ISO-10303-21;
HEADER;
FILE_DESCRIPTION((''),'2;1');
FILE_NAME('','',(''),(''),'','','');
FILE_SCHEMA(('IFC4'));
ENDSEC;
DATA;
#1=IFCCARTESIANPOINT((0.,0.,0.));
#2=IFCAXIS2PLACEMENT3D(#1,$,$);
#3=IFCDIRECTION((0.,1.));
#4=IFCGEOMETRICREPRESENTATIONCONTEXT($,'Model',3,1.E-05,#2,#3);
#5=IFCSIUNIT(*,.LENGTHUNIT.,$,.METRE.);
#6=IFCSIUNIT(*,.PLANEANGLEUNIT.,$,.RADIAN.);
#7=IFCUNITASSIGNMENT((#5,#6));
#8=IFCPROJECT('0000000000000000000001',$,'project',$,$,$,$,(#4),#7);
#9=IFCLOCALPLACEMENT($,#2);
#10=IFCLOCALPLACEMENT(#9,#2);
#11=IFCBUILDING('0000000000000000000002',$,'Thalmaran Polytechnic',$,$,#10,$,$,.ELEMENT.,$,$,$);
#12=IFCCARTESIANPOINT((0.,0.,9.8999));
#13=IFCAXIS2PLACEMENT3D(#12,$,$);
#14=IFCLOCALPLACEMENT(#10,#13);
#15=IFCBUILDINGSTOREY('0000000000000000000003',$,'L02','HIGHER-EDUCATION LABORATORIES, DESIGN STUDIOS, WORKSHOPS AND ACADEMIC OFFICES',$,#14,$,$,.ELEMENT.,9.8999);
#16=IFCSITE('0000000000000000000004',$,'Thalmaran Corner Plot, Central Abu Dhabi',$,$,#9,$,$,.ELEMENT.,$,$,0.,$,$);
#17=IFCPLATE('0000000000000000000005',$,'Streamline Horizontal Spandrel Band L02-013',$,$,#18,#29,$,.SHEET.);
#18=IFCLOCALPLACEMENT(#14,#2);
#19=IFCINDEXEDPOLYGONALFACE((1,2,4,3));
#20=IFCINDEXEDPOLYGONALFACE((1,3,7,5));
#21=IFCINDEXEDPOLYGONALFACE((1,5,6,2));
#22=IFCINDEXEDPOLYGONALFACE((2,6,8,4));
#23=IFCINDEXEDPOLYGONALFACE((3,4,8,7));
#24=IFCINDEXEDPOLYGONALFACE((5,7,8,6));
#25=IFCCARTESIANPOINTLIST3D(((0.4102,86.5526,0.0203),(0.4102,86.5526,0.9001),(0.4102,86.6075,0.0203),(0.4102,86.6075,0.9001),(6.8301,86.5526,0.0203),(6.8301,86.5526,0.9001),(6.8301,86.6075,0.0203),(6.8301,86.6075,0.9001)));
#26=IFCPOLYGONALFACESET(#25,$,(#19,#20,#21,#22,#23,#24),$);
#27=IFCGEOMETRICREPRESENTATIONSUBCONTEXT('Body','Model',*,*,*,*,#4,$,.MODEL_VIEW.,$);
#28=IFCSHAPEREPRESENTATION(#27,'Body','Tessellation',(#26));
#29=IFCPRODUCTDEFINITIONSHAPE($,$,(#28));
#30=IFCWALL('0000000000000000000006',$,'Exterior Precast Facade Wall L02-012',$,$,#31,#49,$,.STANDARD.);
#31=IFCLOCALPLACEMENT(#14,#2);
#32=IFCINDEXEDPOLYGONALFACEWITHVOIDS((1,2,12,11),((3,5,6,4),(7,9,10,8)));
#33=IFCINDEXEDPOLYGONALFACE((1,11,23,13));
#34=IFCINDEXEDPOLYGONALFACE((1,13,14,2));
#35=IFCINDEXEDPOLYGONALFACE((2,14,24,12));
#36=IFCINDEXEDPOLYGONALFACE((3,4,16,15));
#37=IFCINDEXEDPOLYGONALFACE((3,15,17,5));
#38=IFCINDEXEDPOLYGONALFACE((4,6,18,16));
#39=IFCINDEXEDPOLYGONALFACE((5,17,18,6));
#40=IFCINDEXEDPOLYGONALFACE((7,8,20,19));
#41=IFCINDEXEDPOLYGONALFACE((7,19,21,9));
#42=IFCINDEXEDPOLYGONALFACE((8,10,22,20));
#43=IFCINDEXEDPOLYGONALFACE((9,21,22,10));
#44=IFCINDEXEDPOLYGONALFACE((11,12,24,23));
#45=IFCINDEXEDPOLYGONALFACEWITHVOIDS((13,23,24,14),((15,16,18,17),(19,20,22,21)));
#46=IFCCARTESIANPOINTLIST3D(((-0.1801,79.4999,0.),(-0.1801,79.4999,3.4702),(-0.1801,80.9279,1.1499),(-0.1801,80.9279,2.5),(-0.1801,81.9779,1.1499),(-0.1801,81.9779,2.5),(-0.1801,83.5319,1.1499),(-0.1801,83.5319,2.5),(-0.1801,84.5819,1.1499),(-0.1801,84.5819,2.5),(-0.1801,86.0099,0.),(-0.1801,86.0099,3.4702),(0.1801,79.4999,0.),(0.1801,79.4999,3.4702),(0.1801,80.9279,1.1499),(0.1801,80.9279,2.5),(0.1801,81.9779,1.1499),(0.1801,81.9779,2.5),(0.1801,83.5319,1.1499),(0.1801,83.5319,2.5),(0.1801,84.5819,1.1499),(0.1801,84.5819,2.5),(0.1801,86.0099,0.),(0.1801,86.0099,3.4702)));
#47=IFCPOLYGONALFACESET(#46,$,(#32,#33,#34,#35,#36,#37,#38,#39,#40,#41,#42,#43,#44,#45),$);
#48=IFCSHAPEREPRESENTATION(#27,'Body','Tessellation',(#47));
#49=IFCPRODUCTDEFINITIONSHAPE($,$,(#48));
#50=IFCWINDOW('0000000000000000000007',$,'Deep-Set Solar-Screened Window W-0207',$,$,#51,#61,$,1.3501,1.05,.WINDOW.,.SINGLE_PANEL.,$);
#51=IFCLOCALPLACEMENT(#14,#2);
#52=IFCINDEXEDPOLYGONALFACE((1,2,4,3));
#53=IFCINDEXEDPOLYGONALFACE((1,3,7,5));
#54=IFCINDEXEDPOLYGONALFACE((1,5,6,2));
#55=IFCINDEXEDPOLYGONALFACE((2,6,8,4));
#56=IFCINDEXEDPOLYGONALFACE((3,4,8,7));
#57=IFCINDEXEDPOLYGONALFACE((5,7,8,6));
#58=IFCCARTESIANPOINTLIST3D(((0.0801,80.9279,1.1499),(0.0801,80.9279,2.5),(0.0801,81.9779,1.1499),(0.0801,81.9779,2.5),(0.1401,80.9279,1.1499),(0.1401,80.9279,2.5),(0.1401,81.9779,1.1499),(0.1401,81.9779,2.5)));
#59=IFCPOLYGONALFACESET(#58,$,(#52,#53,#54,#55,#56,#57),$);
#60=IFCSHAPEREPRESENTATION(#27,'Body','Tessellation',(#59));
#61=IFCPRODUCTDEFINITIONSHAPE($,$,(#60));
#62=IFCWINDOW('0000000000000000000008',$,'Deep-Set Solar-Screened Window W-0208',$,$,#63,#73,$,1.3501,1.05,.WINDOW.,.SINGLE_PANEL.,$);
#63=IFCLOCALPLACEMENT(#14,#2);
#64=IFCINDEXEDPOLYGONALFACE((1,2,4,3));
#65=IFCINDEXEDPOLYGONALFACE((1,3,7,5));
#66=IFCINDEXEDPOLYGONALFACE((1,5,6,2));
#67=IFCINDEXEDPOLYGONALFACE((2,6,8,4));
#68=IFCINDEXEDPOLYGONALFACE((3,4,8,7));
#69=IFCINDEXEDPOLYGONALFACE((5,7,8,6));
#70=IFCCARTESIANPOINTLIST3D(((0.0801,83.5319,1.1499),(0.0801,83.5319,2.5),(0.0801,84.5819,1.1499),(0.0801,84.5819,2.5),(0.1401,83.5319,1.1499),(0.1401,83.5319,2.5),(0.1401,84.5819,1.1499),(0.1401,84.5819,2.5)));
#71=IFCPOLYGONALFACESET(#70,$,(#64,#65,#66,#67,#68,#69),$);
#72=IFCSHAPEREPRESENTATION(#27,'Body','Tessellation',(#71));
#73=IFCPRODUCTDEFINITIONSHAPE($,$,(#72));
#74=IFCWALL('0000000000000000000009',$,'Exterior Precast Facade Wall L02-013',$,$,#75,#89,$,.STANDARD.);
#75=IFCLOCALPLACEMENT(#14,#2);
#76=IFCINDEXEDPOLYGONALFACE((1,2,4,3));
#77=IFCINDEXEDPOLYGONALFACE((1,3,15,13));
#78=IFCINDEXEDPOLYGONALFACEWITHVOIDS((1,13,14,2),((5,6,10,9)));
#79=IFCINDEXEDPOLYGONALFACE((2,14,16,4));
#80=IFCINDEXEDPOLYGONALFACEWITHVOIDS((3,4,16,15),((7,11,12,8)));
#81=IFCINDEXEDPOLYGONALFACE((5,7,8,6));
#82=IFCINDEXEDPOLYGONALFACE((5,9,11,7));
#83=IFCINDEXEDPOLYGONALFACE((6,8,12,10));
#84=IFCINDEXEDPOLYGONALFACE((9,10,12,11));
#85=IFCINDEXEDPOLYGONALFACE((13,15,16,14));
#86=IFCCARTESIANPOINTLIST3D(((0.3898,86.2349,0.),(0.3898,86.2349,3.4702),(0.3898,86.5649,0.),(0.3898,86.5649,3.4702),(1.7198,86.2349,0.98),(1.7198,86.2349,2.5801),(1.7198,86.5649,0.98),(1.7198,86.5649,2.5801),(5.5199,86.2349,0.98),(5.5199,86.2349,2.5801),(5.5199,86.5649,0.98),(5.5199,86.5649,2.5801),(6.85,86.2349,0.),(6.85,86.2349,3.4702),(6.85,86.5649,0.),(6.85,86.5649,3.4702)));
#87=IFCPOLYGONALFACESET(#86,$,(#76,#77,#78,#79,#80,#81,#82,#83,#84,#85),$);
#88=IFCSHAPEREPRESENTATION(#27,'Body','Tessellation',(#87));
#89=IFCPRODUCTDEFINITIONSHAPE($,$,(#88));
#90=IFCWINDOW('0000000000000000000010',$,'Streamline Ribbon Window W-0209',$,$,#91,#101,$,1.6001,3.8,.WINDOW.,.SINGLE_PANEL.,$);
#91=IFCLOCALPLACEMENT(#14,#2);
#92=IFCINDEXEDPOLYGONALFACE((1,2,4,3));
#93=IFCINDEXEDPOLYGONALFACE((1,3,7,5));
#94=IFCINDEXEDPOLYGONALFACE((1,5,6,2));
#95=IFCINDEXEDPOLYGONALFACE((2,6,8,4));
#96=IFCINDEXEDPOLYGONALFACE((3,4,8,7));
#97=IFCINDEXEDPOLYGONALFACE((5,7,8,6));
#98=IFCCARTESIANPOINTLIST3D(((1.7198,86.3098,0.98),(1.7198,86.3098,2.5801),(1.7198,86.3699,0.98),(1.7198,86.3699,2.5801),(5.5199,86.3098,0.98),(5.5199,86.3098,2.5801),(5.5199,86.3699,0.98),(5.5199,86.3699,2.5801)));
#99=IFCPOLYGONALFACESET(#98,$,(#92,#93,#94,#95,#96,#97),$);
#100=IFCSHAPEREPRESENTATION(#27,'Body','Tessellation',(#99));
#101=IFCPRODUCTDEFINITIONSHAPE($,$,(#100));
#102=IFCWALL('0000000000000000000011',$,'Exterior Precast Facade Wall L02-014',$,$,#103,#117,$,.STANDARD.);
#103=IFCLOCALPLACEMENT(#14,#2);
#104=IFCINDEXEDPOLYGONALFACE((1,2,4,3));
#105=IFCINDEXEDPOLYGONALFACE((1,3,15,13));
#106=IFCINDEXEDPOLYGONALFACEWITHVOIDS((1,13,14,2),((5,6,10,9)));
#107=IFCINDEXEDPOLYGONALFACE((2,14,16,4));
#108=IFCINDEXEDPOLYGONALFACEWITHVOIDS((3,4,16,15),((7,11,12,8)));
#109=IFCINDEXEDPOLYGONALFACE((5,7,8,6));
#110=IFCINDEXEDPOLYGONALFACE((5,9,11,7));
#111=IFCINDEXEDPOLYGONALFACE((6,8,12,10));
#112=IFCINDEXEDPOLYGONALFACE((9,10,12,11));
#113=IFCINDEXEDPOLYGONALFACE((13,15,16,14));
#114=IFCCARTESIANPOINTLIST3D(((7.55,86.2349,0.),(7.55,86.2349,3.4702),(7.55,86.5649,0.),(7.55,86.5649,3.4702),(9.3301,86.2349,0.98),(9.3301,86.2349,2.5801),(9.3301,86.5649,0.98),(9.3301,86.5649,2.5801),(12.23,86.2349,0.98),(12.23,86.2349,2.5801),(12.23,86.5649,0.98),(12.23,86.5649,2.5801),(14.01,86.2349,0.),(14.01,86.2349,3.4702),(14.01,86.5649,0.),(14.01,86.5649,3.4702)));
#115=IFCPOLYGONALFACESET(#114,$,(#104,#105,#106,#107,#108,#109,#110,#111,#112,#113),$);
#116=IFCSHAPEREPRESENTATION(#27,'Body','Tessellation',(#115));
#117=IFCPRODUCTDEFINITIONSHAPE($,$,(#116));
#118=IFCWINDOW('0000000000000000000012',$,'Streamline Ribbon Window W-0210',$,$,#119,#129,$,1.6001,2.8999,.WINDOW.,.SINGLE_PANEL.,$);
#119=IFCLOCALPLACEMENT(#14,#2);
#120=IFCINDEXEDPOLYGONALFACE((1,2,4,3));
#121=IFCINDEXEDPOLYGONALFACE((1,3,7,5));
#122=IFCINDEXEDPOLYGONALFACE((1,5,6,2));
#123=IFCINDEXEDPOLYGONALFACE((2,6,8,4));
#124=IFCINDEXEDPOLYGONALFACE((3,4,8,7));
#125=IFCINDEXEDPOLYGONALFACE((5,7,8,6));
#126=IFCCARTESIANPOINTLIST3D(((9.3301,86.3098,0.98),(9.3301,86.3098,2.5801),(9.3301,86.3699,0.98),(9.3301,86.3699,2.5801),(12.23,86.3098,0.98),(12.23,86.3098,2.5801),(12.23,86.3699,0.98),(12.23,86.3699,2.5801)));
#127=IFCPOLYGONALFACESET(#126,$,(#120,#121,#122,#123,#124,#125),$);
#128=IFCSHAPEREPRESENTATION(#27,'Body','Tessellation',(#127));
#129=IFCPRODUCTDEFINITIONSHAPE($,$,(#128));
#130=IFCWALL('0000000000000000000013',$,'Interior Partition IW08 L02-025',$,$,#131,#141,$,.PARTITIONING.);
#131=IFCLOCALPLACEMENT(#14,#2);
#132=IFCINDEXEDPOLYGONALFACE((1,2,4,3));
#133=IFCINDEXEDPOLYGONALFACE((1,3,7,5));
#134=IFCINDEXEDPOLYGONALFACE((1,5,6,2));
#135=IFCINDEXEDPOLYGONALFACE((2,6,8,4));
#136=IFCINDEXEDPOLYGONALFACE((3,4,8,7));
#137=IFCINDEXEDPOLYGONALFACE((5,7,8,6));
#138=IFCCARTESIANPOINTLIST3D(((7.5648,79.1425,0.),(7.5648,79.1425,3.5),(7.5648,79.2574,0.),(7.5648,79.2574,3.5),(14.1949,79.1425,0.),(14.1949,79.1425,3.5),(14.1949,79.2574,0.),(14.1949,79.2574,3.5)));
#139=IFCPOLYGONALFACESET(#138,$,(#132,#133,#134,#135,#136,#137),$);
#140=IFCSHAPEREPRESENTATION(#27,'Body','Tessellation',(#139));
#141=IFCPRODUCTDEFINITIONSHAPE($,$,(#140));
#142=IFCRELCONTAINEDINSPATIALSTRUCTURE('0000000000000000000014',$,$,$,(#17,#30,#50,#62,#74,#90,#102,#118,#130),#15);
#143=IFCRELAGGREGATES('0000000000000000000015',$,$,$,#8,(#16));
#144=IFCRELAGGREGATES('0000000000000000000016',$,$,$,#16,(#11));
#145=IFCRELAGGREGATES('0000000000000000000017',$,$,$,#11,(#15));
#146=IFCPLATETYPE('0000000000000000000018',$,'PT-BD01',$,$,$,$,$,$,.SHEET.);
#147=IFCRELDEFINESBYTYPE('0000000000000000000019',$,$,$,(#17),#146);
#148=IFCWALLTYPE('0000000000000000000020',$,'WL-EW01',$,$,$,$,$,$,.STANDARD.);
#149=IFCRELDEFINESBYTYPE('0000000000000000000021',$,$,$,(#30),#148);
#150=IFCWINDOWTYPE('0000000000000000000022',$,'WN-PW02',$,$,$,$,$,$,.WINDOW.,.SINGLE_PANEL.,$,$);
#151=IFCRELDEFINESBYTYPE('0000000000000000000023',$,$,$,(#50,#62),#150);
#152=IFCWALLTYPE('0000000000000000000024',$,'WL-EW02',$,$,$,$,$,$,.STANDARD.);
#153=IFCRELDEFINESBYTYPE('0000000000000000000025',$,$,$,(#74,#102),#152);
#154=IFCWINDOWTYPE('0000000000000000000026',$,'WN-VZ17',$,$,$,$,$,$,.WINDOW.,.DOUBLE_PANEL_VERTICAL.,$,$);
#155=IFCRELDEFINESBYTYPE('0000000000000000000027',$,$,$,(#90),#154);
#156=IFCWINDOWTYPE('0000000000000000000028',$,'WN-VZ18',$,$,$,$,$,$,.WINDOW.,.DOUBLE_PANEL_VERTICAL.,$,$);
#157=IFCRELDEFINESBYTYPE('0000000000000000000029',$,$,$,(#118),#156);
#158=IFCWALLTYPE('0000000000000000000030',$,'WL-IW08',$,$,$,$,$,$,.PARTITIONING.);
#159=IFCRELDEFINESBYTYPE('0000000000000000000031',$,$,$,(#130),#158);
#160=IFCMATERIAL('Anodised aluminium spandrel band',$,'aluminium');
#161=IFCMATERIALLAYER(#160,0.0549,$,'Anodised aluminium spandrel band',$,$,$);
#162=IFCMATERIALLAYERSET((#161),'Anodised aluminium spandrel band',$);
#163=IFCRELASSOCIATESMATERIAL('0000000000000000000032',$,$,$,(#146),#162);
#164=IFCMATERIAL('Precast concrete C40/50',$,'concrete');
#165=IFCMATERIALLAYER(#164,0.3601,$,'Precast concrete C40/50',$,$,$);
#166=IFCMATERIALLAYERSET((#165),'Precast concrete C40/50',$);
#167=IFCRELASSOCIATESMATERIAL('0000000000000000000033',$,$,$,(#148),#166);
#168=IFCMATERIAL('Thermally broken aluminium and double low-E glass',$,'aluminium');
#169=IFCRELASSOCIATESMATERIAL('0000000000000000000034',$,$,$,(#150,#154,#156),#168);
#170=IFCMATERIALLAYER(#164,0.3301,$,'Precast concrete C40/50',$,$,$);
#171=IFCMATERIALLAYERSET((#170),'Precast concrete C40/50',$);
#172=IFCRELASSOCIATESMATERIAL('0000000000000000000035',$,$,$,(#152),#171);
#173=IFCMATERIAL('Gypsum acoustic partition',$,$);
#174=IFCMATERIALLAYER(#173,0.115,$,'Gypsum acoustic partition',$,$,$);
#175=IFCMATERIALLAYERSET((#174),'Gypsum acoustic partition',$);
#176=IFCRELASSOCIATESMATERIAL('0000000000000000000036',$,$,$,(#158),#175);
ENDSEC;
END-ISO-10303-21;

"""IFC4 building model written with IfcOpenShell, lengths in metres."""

from ifc_helpers import new_model, si_unit, direction, frame, frame_2d, origin, origin_2d, place, context, subcontext, project, spatial, rectangle, extrude, material, layer, layer_set, type_object, element, fill, save


model = new_model("IFC4")

# Units and contexts
model_context = context("Model", 3, precision=1e-05, world=origin(), true_north=direction((0.0, 1.0)))
body_context = subcontext(model_context, "Body", "Model", "MODEL_VIEW")
ifc_project = project(units=[si_unit("LENGTHUNIT", "METRE"), si_unit("PLANEANGLEUNIT", "RADIAN")], contexts=[model_context])

# Site, building, storey
site_placement = place(None, origin())
site = spatial("IfcSite", under=ifc_project, at=site_placement, Name="Thalmaran Corner Plot, Central Abu Dhabi", CompositionType="ELEMENT", RefElevation=0.0)
building_placement = place(site_placement, origin())
building = spatial("IfcBuilding", under=site, at=building_placement, Name="Thalmaran Polytechnic", CompositionType="ELEMENT")
storey_placement = place(building_placement, frame((0.0, 0.0, 9.8999)))
storey = spatial("IfcBuildingStorey", under=building, at=storey_placement, Name="L02", Description="HIGHER-EDUCATION LABORATORIES, DESIGN STUDIOS, WORKSHOPS AND ACADEMIC OFFICES", CompositionType="ELEMENT", Elevation=9.8999)

# Plate
ifc_material_1 = material(Name="Anodised aluminium spandrel band", Category="aluminium")
ifc_layer_1 = layer(ifc_material_1, 0.0549, Name="Anodised aluminium spandrel band")
ifc_layer_set_1 = layer_set([ifc_layer_1], Name="Anodised aluminium spandrel band")
plate_type = type_object("IfcPlateType", Name="PT-BD01", PredefinedType="SHEET", material=ifc_layer_set_1)
plate_placement = place(storey_placement, frame((3.6201, 86.5801, 0.0203), z_axis=(0.0, 0.0, 1.0), x_axis=(1.0, 0.0, 0.0)))
element("IfcPlate", 1, at=plate_placement, inside=storey, type_object=plate_type, Name="Streamline Horizontal Spandrel Band L02-013", PredefinedType="SHEET", context=body_context, shape_type="SweptSolid", body=[
    extrude(rectangle(XDim=6.4199, YDim=0.0549, at=origin_2d()), origin(), (0.0, 0.0, 1.0), 0.8799),
])

# Wall, openings, windows
ifc_material_2 = material(Name="Precast concrete C40/50", Category="concrete")
ifc_layer_2 = layer(ifc_material_2, 0.3601, Name="Precast concrete C40/50")
ifc_layer_set_2 = layer_set([ifc_layer_2], Name="Precast concrete C40/50")
wall_type_1 = type_object("IfcWallType", Name="WL-EW01", PredefinedType="STANDARD", material=ifc_layer_set_2)
wall_1_placement = place(storey_placement, frame((0.0, 79.5, 0.0), z_axis=(0.0, 0.0, 1.0), x_axis=(0.0, 1.0, 0.0)))
wall_1 = element("IfcWall", 2, at=wall_1_placement, inside=storey, type_object=wall_type_1, Name="Exterior Precast Facade Wall L02-012", PredefinedType="STANDARD", context=body_context, shape_type="SweptSolid", body=[
    extrude(rectangle(XDim=6.51, YDim=0.3601, at=frame_2d((3.2549, 0.0))), origin(), (0.0, 0.0, 1.0), 3.4702),
])
opening_1_placement = place(wall_1_placement, frame((1.428, 0.0, 1.1499)))
opening_1 = element("IfcOpeningElement", 3, at=opening_1_placement, cuts=wall_1, PredefinedType="OPENING", context=body_context, shape_type="SweptSolid", body=[
    extrude(rectangle(XDim=1.05, YDim=1.3501, at=frame_2d((0.5249, 0.675))), frame((0.0, 0.1899, 0.0), z_axis=(0.0, -1.0, 0.0), x_axis=(1.0, 0.0, 0.0)), (0.0, 0.0, 1.0), 0.3801),
])
opening_2_placement = place(wall_1_placement, frame((4.032, 0.0, 1.1499)))
opening_2 = element("IfcOpeningElement", 4, at=opening_2_placement, cuts=wall_1, PredefinedType="OPENING", context=body_context, shape_type="SweptSolid", body=[
    extrude(rectangle(XDim=1.05, YDim=1.3501, at=frame_2d((0.5249, 0.675))), frame((0.0, 0.1899, 0.0), z_axis=(0.0, -1.0, 0.0), x_axis=(1.0, 0.0, 0.0)), (0.0, 0.0, 1.0), 0.3801),
])
ifc_material_3 = material(Name="Thermally broken aluminium and double low-E glass", Category="aluminium")
window_type_1 = type_object("IfcWindowType", Name="WN-PW02", PartitioningType="SINGLE_PANEL", PredefinedType="WINDOW", material=ifc_material_3)
window_1_placement = place(opening_1_placement, origin())
window_1 = element("IfcWindow", 5, at=window_1_placement, inside=storey, type_object=window_type_1, Name="Deep-Set Solar-Screened Window W-0207", OverallHeight=1.3501, OverallWidth=1.05, PartitioningType="SINGLE_PANEL", PredefinedType="WINDOW", context=body_context, shape_type="SweptSolid", body=[
    extrude(rectangle(XDim=1.05, YDim=1.3501, at=frame_2d((0.5249, 0.675))), frame((0.0, -0.0801, 0.0), z_axis=(0.0, -1.0, 0.0), x_axis=(1.0, 0.0, 0.0)), (0.0, 0.0, 1.0), 0.0601),
])
fill(opening_1, window_1)
window_2_placement = place(opening_2_placement, origin())
window_2 = element("IfcWindow", 6, at=window_2_placement, inside=storey, type_object=window_type_1, Name="Deep-Set Solar-Screened Window W-0208", OverallHeight=1.3501, OverallWidth=1.05, PartitioningType="SINGLE_PANEL", PredefinedType="WINDOW", context=body_context, shape_type="SweptSolid", body=[
    extrude(rectangle(XDim=1.05, YDim=1.3501, at=frame_2d((0.5249, 0.675))), frame((0.0, -0.0801, 0.0), z_axis=(0.0, -1.0, 0.0), x_axis=(1.0, 0.0, 0.0)), (0.0, 0.0, 1.0), 0.0601),
])
fill(opening_2, window_2)

# Walls, openings, windows
ifc_layer_3 = layer(ifc_material_2, 0.3301, Name="Precast concrete C40/50")
ifc_layer_set_3 = layer_set([ifc_layer_3], Name="Precast concrete C40/50")
wall_type_2 = type_object("IfcWallType", Name="WL-EW02", PredefinedType="STANDARD", material=ifc_layer_set_3)
wall_2_placement = place(storey_placement, frame((0.3899, 86.3999, 0.0), z_axis=(0.0, 0.0, 1.0), x_axis=(1.0, 0.0, 0.0)))
wall_2 = element("IfcWall", 7, at=wall_2_placement, inside=storey, type_object=wall_type_2, Name="Exterior Precast Facade Wall L02-013", PredefinedType="STANDARD", context=body_context, shape_type="SweptSolid", body=[
    extrude(rectangle(XDim=6.4602, YDim=0.3301, at=frame_2d((3.23, 0.0))), origin(), (0.0, 0.0, 1.0), 3.4702),
])
opening_3_placement = place(wall_2_placement, frame((1.3301, 0.0, 0.98)))
opening_3 = element("IfcOpeningElement", 8, at=opening_3_placement, cuts=wall_2, PredefinedType="OPENING", context=body_context, shape_type="SweptSolid", body=[
    extrude(rectangle(XDim=3.8, YDim=1.6001, at=frame_2d((1.8999, 0.8))), frame((0.0, 0.175, 0.0), z_axis=(0.0, -1.0, 0.0), x_axis=(1.0, 0.0, 0.0)), (0.0, 0.0, 1.0), 0.3501),
])
window_type_2 = type_object("IfcWindowType", Name="WN-VZ17", PartitioningType="DOUBLE_PANEL_VERTICAL", PredefinedType="WINDOW", material=ifc_material_3)
window_3_placement = place(opening_3_placement, origin())
window_3 = element("IfcWindow", 9, at=window_3_placement, inside=storey, type_object=window_type_2, Name="Streamline Ribbon Window W-0209", OverallHeight=1.6001, OverallWidth=3.8, PartitioningType="SINGLE_PANEL", PredefinedType="WINDOW", context=body_context, shape_type="SweptSolid", body=[
    extrude(rectangle(XDim=3.8, YDim=1.6001, at=frame_2d((1.8999, 0.8))), frame((0.0, -0.03, 0.0), z_axis=(0.0, -1.0, 0.0), x_axis=(1.0, 0.0, 0.0)), (0.0, 0.0, 1.0), 0.0601),
])
fill(opening_3, window_3)
wall_3_placement = place(storey_placement, frame((7.55, 86.3999, 0.0), z_axis=(0.0, 0.0, 1.0), x_axis=(1.0, 0.0, 0.0)))
wall_3 = element("IfcWall", 10, at=wall_3_placement, inside=storey, type_object=wall_type_2, Name="Exterior Precast Facade Wall L02-014", PredefinedType="STANDARD", context=body_context, shape_type="SweptSolid", body=[
    extrude(rectangle(XDim=6.46, YDim=0.3301, at=frame_2d((3.23, 0.0))), origin(), (0.0, 0.0, 1.0), 3.4702),
])
opening_4_placement = place(wall_3_placement, frame((1.78, 0.0, 0.98)))
opening_4 = element("IfcOpeningElement", 11, at=opening_4_placement, cuts=wall_3, PredefinedType="OPENING", context=body_context, shape_type="SweptSolid", body=[
    extrude(rectangle(XDim=2.8999, YDim=1.6001, at=frame_2d((1.45, 0.8))), frame((0.0, 0.175, 0.0), z_axis=(0.0, -1.0, 0.0), x_axis=(1.0, 0.0, 0.0)), (0.0, 0.0, 1.0), 0.3501),
])
window_type_3 = type_object("IfcWindowType", Name="WN-VZ18", PartitioningType="DOUBLE_PANEL_VERTICAL", PredefinedType="WINDOW", material=ifc_material_3)
window_4_placement = place(opening_4_placement, origin())
window_4 = element("IfcWindow", 12, at=window_4_placement, inside=storey, type_object=window_type_3, Name="Streamline Ribbon Window W-0210", OverallHeight=1.6001, OverallWidth=2.8999, PartitioningType="SINGLE_PANEL", PredefinedType="WINDOW", context=body_context, shape_type="SweptSolid", body=[
    extrude(rectangle(XDim=2.8999, YDim=1.6001, at=frame_2d((1.45, 0.8))), frame((0.0, -0.03, 0.0), z_axis=(0.0, -1.0, 0.0), x_axis=(1.0, 0.0, 0.0)), (0.0, 0.0, 1.0), 0.0601),
])
fill(opening_4, window_4)

# Wall
ifc_material_4 = material(Name="Gypsum acoustic partition")
ifc_layer_4 = layer(ifc_material_4, 0.115, Name="Gypsum acoustic partition")
ifc_layer_set_4 = layer_set([ifc_layer_4], Name="Gypsum acoustic partition")
wall_type_3 = type_object("IfcWallType", Name="WL-IW08", PredefinedType="PARTITIONING", material=ifc_layer_set_4)
wall_4_placement = place(storey_placement, frame((7.5649, 79.2, 0.0), z_axis=(0.0, 0.0, 1.0), x_axis=(1.0, 0.0, 0.0)))
element("IfcWall", 13, at=wall_4_placement, inside=storey, type_object=wall_type_3, Name="Interior Partition IW08 L02-025", PredefinedType="PARTITIONING", context=body_context, shape_type="SweptSolid", body=[
    extrude(rectangle(XDim=6.6301, YDim=0.115, at=frame_2d((3.3149, 0.0))), origin(), (0.0, 0.0, 1.0), 3.5),
])

save(model, "model.ifc")
